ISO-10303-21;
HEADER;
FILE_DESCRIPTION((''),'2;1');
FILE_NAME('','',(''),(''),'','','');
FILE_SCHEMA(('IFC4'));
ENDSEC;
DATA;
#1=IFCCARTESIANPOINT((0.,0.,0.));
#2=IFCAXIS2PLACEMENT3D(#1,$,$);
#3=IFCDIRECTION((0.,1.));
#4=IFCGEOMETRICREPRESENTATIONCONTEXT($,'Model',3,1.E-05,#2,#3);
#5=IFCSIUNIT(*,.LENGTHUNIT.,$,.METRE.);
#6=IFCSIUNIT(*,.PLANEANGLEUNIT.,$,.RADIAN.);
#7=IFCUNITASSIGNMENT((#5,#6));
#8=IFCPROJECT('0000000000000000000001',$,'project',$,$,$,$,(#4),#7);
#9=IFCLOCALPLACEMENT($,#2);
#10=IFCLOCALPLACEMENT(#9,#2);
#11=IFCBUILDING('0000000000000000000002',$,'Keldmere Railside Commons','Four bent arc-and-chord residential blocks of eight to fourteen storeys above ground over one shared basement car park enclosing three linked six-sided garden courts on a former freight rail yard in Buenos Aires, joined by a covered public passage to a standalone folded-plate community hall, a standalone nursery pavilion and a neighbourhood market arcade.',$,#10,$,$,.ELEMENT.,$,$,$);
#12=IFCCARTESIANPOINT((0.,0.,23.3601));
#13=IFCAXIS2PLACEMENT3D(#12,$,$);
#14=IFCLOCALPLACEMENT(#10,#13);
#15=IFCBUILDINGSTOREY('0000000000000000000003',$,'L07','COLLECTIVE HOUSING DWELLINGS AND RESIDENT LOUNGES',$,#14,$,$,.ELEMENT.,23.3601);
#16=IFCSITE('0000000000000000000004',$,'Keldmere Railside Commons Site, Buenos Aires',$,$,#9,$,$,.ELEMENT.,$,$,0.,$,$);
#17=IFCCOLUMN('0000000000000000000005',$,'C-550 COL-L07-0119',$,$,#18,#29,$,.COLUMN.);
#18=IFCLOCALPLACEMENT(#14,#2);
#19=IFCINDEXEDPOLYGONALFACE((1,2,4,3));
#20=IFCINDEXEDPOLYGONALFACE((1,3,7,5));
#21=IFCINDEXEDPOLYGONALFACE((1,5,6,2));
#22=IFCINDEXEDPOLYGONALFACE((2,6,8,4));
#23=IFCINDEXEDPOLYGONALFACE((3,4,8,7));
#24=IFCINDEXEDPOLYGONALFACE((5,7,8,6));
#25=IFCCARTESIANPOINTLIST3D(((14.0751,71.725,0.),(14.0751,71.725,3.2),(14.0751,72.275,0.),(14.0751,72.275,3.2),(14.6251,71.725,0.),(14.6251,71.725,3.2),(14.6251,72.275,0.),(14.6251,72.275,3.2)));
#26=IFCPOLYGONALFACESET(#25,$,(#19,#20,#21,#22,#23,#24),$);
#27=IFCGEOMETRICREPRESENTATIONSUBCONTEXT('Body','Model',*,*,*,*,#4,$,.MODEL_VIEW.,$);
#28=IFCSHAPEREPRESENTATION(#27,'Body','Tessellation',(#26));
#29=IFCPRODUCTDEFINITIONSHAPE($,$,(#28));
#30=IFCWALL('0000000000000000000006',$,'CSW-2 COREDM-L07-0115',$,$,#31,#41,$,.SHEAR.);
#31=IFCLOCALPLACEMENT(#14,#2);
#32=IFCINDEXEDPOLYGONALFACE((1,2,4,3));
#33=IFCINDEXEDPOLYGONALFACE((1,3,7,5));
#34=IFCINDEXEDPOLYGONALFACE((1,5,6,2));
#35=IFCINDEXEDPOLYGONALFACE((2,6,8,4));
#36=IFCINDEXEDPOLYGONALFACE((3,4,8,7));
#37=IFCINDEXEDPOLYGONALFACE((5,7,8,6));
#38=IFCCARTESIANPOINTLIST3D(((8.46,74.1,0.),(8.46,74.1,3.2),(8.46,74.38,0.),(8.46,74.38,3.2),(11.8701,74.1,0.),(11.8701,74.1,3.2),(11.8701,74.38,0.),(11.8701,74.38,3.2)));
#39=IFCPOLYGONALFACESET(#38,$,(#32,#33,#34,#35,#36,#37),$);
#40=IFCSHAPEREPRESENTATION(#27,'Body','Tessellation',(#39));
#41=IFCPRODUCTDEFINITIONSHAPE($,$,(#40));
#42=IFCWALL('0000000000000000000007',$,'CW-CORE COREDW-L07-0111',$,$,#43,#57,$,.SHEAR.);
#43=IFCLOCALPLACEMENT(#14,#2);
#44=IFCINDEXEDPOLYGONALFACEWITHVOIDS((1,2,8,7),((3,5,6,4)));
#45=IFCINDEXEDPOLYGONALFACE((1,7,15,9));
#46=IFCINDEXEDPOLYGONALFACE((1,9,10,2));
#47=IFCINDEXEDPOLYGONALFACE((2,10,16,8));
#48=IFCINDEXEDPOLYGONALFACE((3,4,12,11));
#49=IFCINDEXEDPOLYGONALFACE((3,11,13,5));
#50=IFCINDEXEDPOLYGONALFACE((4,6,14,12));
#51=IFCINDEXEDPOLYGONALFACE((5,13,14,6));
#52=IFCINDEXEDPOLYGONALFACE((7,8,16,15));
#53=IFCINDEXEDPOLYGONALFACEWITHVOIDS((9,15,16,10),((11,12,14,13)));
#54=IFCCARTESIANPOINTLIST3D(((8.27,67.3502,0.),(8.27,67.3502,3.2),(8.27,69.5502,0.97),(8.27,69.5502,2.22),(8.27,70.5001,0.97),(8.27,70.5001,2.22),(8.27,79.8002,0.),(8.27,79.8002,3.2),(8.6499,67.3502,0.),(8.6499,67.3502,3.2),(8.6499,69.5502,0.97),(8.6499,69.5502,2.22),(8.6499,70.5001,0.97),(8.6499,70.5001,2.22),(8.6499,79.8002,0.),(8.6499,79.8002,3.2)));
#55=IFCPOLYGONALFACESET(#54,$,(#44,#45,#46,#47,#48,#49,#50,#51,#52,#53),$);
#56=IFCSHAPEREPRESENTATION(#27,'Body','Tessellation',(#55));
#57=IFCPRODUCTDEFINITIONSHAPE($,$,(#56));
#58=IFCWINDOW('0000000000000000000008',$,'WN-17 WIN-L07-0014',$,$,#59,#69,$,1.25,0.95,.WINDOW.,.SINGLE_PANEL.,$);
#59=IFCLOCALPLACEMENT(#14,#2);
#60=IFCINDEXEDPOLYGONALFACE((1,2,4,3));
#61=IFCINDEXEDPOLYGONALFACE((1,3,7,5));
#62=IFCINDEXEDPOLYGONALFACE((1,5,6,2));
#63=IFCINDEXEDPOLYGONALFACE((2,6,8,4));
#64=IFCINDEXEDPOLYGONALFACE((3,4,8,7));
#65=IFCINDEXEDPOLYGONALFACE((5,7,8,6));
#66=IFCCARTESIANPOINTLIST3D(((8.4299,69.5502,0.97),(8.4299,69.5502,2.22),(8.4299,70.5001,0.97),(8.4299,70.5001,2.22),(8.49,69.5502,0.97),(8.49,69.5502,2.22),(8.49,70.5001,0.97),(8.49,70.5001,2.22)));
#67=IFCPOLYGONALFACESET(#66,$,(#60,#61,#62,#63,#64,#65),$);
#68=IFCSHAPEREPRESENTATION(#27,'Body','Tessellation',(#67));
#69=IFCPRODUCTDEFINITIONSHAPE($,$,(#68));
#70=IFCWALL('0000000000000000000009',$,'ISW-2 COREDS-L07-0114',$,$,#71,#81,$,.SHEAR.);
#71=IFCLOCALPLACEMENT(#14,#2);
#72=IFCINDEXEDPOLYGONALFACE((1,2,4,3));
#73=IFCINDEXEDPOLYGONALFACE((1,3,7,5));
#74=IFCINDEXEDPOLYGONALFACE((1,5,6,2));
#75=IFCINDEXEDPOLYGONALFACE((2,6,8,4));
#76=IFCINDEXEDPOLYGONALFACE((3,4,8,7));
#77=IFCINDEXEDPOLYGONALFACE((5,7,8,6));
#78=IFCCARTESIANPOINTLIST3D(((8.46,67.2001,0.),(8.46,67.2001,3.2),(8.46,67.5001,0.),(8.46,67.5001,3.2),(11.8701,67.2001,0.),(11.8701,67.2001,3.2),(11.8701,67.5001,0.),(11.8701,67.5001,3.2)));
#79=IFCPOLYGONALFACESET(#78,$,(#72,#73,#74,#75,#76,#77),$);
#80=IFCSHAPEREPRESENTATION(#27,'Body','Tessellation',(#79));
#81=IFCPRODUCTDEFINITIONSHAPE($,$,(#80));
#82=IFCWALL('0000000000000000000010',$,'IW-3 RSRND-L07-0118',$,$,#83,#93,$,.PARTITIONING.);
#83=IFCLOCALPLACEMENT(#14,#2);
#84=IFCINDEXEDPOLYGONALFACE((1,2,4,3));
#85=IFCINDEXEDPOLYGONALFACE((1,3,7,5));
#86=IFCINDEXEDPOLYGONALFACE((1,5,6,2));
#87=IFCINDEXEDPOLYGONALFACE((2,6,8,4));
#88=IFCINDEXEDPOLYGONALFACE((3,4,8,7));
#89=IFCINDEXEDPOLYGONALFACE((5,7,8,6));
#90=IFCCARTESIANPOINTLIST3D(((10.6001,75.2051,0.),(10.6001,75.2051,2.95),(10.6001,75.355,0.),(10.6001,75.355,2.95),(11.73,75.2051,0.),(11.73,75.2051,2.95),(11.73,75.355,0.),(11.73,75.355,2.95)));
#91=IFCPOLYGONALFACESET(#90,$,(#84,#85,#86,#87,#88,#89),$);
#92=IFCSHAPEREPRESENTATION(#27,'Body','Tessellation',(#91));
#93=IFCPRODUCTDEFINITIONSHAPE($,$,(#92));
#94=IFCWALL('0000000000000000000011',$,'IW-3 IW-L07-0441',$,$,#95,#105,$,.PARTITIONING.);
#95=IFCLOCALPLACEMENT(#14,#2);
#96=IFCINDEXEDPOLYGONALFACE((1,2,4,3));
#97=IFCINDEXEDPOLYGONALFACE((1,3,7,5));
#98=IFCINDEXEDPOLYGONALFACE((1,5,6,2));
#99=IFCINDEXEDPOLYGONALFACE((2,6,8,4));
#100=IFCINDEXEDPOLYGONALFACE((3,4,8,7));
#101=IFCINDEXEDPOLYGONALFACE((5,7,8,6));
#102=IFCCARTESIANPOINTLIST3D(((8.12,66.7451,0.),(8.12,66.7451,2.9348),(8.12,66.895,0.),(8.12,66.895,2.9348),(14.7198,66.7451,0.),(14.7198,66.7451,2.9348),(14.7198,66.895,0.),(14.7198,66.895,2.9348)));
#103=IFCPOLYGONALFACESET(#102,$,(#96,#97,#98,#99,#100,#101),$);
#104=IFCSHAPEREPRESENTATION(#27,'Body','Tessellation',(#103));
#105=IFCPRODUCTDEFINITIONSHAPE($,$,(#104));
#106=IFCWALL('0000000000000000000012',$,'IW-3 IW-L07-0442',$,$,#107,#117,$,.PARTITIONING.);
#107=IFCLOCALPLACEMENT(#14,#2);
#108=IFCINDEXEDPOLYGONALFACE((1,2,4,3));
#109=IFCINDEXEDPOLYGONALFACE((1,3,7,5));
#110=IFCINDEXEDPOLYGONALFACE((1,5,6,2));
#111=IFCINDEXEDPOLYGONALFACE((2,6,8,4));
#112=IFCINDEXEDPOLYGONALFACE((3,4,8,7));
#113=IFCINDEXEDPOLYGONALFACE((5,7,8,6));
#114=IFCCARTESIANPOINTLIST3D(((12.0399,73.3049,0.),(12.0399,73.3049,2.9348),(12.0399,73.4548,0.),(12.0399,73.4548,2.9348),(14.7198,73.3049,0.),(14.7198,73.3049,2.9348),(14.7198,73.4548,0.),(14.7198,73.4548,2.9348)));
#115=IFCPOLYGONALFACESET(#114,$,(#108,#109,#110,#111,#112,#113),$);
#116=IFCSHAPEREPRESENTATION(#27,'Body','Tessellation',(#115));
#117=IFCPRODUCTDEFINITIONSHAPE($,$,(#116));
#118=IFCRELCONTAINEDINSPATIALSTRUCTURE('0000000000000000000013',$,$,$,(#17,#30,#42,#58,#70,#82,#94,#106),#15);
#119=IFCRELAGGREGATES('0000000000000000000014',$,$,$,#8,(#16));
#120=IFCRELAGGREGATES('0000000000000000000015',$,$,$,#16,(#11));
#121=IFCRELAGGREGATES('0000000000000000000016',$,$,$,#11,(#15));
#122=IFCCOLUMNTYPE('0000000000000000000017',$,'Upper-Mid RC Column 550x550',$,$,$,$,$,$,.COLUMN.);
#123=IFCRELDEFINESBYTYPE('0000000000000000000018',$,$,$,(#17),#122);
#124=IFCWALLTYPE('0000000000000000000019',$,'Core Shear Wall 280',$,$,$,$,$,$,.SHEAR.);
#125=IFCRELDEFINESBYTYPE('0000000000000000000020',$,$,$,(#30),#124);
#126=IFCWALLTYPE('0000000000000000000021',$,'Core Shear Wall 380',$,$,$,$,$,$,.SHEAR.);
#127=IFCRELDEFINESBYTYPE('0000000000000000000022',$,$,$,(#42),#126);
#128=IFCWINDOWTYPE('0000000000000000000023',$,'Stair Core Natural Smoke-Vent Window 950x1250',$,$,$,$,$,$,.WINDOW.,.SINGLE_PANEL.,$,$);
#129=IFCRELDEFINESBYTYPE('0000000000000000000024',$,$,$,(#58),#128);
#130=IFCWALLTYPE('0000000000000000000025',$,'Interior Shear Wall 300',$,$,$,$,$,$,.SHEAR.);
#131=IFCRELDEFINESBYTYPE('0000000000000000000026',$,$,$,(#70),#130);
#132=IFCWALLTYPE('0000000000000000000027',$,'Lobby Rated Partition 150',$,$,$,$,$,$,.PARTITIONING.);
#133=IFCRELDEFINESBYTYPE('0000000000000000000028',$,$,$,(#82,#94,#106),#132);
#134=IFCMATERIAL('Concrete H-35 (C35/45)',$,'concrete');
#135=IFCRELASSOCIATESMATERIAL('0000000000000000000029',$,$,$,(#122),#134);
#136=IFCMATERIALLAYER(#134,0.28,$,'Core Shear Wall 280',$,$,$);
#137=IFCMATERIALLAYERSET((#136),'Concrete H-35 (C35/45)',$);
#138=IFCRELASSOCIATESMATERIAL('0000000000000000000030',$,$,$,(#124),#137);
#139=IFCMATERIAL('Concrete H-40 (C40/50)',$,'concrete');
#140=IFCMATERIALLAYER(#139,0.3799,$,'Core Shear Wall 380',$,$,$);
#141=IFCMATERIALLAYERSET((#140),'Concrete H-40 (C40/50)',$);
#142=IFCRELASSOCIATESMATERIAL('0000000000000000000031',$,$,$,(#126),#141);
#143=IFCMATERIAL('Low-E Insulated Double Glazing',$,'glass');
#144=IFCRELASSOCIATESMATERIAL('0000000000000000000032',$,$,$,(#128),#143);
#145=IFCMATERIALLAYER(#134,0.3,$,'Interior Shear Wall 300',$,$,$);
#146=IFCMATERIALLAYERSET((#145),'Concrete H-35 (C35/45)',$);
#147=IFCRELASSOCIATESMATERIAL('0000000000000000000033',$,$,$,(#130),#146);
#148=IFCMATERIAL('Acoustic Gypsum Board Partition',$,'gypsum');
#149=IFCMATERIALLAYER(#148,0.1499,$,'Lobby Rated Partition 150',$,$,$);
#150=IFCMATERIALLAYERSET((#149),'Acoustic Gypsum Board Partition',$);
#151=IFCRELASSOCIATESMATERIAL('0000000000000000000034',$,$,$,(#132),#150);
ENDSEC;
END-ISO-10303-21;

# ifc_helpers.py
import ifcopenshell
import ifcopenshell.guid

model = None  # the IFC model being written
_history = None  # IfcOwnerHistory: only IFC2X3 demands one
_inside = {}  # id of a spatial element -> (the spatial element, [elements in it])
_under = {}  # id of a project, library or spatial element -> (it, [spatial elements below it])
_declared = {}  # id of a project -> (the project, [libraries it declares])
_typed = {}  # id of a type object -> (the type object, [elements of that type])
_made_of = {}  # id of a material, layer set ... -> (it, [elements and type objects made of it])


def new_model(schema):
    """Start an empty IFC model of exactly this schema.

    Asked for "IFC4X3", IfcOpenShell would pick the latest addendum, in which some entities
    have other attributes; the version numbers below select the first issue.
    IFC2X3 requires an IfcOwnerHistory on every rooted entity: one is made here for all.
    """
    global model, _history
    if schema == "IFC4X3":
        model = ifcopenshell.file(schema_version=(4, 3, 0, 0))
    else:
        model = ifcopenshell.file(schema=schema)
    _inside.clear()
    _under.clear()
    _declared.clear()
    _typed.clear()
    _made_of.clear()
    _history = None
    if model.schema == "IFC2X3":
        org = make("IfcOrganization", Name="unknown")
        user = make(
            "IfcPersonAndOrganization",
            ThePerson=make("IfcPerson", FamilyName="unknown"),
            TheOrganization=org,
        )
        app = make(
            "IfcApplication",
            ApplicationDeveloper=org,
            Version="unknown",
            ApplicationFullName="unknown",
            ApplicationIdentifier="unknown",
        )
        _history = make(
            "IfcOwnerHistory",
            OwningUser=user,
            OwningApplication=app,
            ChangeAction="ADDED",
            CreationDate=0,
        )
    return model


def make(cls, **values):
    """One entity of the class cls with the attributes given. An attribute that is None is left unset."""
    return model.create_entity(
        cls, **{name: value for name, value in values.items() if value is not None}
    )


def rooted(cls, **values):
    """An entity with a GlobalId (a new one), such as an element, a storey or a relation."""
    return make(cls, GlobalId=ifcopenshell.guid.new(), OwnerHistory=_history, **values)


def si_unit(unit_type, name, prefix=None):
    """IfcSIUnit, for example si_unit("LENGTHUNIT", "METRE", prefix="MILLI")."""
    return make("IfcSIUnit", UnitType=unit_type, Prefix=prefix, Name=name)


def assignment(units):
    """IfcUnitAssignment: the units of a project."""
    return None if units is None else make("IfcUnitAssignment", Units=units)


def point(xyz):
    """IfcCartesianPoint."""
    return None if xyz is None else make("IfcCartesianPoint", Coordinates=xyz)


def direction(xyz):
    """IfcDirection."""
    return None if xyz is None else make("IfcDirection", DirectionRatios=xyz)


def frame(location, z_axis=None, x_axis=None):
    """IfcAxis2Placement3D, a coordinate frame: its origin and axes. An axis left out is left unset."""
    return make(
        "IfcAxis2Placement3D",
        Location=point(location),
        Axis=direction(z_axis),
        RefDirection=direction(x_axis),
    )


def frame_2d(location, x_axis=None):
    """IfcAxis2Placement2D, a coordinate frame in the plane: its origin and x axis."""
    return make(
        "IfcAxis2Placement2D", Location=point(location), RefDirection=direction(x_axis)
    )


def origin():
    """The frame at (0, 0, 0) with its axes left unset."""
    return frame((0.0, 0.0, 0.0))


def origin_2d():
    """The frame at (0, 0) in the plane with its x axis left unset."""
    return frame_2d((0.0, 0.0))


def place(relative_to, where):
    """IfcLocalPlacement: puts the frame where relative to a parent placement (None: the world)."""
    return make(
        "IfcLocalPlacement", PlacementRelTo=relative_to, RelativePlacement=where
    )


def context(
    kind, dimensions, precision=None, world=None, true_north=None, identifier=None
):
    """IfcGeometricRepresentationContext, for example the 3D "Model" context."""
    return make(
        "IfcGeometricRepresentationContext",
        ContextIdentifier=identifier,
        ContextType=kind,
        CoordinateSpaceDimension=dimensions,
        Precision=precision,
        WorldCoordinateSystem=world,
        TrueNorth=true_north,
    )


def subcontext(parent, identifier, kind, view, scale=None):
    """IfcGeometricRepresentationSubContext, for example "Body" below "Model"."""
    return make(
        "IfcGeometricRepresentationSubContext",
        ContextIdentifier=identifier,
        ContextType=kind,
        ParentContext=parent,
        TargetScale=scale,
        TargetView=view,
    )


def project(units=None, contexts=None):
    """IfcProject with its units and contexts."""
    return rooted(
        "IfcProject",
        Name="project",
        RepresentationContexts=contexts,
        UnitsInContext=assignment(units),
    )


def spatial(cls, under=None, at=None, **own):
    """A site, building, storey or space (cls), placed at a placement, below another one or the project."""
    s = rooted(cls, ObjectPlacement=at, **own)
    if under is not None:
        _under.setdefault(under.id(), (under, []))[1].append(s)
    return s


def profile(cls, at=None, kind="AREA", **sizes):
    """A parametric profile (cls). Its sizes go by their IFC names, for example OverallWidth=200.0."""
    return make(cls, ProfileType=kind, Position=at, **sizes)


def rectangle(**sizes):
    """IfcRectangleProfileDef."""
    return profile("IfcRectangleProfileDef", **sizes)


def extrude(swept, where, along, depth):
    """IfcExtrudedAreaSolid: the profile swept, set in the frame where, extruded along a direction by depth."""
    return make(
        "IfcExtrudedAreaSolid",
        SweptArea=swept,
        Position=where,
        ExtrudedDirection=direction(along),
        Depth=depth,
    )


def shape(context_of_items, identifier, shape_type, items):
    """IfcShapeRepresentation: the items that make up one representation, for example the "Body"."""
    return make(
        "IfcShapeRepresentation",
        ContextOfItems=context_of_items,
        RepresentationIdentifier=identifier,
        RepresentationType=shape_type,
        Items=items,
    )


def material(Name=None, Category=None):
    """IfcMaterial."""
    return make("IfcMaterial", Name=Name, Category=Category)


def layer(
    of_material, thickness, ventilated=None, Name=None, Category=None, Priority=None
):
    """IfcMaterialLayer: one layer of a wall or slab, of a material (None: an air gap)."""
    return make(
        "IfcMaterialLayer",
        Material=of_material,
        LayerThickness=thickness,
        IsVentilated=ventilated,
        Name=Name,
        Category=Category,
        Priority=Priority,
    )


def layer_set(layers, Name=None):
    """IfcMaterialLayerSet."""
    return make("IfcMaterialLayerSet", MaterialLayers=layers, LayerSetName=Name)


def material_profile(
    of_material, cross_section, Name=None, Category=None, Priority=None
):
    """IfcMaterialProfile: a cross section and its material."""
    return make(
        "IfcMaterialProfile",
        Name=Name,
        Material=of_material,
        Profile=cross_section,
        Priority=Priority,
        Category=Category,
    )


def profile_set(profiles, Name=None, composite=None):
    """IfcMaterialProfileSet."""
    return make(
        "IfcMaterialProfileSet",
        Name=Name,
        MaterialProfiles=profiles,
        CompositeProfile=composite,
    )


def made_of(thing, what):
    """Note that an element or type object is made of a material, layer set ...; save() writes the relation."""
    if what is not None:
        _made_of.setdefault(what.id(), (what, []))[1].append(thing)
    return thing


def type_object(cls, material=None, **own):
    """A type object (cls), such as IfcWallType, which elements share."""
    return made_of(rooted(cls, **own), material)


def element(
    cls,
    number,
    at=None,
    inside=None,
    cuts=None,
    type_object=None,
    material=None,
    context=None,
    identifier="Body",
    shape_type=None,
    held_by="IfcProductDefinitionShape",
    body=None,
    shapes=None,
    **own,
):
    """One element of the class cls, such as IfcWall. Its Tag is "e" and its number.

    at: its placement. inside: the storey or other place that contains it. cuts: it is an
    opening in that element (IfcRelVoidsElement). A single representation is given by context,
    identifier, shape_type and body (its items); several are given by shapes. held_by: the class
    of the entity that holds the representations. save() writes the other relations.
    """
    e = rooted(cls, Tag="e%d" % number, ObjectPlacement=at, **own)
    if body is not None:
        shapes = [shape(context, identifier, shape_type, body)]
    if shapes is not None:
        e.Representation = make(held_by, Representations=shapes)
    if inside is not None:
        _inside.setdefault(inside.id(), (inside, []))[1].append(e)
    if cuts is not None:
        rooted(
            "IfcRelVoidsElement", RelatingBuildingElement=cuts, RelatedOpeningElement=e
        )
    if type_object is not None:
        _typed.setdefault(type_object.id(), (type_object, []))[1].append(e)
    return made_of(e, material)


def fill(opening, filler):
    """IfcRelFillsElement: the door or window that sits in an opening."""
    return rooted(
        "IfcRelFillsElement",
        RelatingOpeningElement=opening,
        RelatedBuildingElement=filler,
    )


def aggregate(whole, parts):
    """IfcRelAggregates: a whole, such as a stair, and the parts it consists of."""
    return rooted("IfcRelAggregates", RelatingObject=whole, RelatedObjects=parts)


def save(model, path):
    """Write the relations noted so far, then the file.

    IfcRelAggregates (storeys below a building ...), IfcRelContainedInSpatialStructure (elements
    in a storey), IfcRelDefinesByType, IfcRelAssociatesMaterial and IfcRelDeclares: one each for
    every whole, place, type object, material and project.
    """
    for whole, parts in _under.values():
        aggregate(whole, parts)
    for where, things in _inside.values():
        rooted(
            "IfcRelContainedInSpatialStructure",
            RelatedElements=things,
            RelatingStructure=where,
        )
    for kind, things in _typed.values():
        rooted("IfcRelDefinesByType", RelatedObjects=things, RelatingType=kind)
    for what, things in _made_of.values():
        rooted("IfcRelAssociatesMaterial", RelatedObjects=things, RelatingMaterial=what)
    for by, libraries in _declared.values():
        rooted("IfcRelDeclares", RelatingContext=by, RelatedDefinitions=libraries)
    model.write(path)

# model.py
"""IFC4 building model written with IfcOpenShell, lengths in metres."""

from ifc_helpers import new_model, si_unit, direction, frame, frame_2d, origin, origin_2d, place, context, subcontext, project, spatial, rectangle, extrude, material, layer, layer_set, material_profile, profile_set, type_object, element, fill, save


model = new_model("IFC4")

# Units and contexts
model_context = context("Model", 3, precision=1e-05, world=origin(), true_north=direction((0.0, 1.0)))
body_context = subcontext(model_context, "Body", "Model", "MODEL_VIEW")
ifc_project = project(units=[si_unit("LENGTHUNIT", "METRE"), si_unit("PLANEANGLEUNIT", "RADIAN")], contexts=[model_context])

# Site, building, storey
site_placement = place(None, origin())
site = spatial("IfcSite", under=ifc_project, at=site_placement, Name="Keldmere Railside Commons Site, Buenos Aires", CompositionType="ELEMENT", RefElevation=0.0)
building_placement = place(site_placement, origin())
building = spatial("IfcBuilding", under=site, at=building_placement, Name="Keldmere Railside Commons", Description="Four bent arc-and-chord residential blocks of eight to fourteen storeys above ground over one shared basement car park enclosing three linked six-sided garden courts on a former freight rail yard in Buenos Aires, joined by a covered public passage to a standalone folded-plate community hall, a standalone nursery pavilion and a neighbourhood market arcade.", CompositionType="ELEMENT")
storey_placement = place(building_placement, frame((0.0, 0.0, 23.3601)))
storey = spatial("IfcBuildingStorey", under=building, at=storey_placement, Name="L07", Description="COLLECTIVE HOUSING DWELLINGS AND RESIDENT LOUNGES", CompositionType="ELEMENT", Elevation=23.3601)

# Column
ifc_material_1 = material(Name="Concrete H-35 (C35/45)", Category="concrete")
ifc_material_profile = material_profile(ifc_material_1, rectangle(XDim=0.55, YDim=0.55, at=origin_2d()), Name="RC-550x550")
ifc_profile_set = profile_set([ifc_material_profile], Name="Concrete H-35 (C35/45)")
column_type = type_object("IfcColumnType", Name="Upper-Mid RC Column 550x550", PredefinedType="COLUMN", material=ifc_profile_set)
column_placement = place(storey_placement, frame((14.3501, 72.0, 0.0), z_axis=(0.0, 0.0, 1.0), x_axis=(1.0, 0.0, 0.0)))
element("IfcColumn", 1, at=column_placement, inside=storey, type_object=column_type, Name="C-550 COL-L07-0119", PredefinedType="COLUMN", context=body_context, shape_type="SweptSolid", body=[
    extrude(rectangle(XDim=0.55, YDim=0.55, at=origin_2d()), origin(), (0.0, 0.0, 1.0), 3.2),
])

# Wall
ifc_layer_1 = layer(ifc_material_1, 0.28, Name="Core Shear Wall 280")
ifc_layer_set_1 = layer_set([ifc_layer_1], Name="Concrete H-35 (C35/45)")
wall_type_1 = type_object("IfcWallType", Name="Core Shear Wall 280", PredefinedType="SHEAR", material=ifc_layer_set_1)
wall_1_placement = place(storey_placement, frame((8.46, 74.24, 0.0), z_axis=(0.0, 0.0, 1.0), x_axis=(1.0, 0.0, 0.0)))
element("IfcWall", 2, at=wall_1_placement, inside=storey, type_object=wall_type_1, Name="CSW-2 COREDM-L07-0115", PredefinedType="SHEAR", context=body_context, shape_type="SweptSolid", body=[
    extrude(rectangle(XDim=3.4102, YDim=0.28, at=frame_2d((1.7051, 0.0))), origin(), (0.0, 0.0, 1.0), 3.2),
])

# Wall, opening, window
ifc_material_2 = material(Name="Concrete H-40 (C40/50)", Category="concrete")
ifc_layer_2 = layer(ifc_material_2, 0.3799, Name="Core Shear Wall 380")
ifc_layer_set_2 = layer_set([ifc_layer_2], Name="Concrete H-40 (C40/50)")
wall_type_2 = type_object("IfcWallType", Name="Core Shear Wall 380", PredefinedType="SHEAR", material=ifc_layer_set_2)
wall_2_placement = place(storey_placement, frame((8.46, 67.3501, 0.0), z_axis=(0.0, 0.0, 1.0), x_axis=(0.0, 1.0, 0.0)))
wall_2 = element("IfcWall", 3, at=wall_2_placement, inside=storey, type_object=wall_type_2, Name="CW-CORE COREDW-L07-0111", PredefinedType="SHEAR", context=body_context, shape_type="SweptSolid", body=[
    extrude(rectangle(XDim=12.45, YDim=0.3799, at=frame_2d((6.2251, 0.0))), origin(), (0.0, 0.0, 1.0), 3.2),
])
opening_1_placement = place(wall_2_placement, frame((2.2, 0.0, 0.97)))
opening_1 = element("IfcOpeningElement", 4, at=opening_1_placement, cuts=wall_2, PredefinedType="OPENING", context=body_context, shape_type="SweptSolid", body=[
    extrude(rectangle(XDim=0.95, YDim=1.25, at=frame_2d((0.4751, 0.625))), frame((0.0, 0.2, 0.0), z_axis=(0.0, -1.0, 0.0), x_axis=(1.0, 0.0, 0.0)), (0.0, 0.0, 1.0), 0.3999),
])
ifc_material_3 = material(Name="Low-E Insulated Double Glazing", Category="glass")
window_type = type_object("IfcWindowType", Name="Stair Core Natural Smoke-Vent Window 950x1250", PartitioningType="SINGLE_PANEL", PredefinedType="WINDOW", material=ifc_material_3)
window_placement = place(opening_1_placement, origin())
window = element("IfcWindow", 5, at=window_placement, inside=storey, type_object=window_type, Name="WN-17 WIN-L07-0014", OverallHeight=1.25, OverallWidth=0.95, PartitioningType="SINGLE_PANEL", PredefinedType="WINDOW", context=body_context, shape_type="SweptSolid", body=[
    extrude(rectangle(XDim=0.95, YDim=1.25, at=frame_2d((0.4751, 0.625))), frame((0.0, 0.03, 0.0), z_axis=(0.0, -1.0, 0.0), x_axis=(1.0, 0.0, 0.0)), (0.0, 0.0, 1.0), 0.0601),
])
fill(opening_1, window)

# Walls
ifc_layer_3 = layer(ifc_material_1, 0.3, Name="Interior Shear Wall 300")
ifc_layer_set_3 = layer_set([ifc_layer_3], Name="Concrete H-35 (C35/45)")
wall_type_3 = type_object("IfcWallType", Name="Interior Shear Wall 300", PredefinedType="SHEAR", material=ifc_layer_set_3)
wall_3_placement = place(storey_placement, frame((11.8701, 67.3501, 0.0), z_axis=(0.0, 0.0, 1.0), x_axis=(-1.0, 0.0, 0.0)))
element("IfcWall", 6, at=wall_3_placement, inside=storey, type_object=wall_type_3, Name="ISW-2 COREDS-L07-0114", PredefinedType="SHEAR", context=body_context, shape_type="SweptSolid", body=[
    extrude(rectangle(XDim=3.4102, YDim=0.3, at=frame_2d((1.7051, 0.0))), origin(), (0.0, 0.0, 1.0), 3.2),
])
ifc_material_4 = material(Name="Acoustic Gypsum Board Partition", Category="gypsum")
ifc_layer_4 = layer(ifc_material_4, 0.1499, Name="Lobby Rated Partition 150")
ifc_layer_set_4 = layer_set([ifc_layer_4], Name="Acoustic Gypsum Board Partition")
wall_type_4 = type_object("IfcWallType", Name="Lobby Rated Partition 150", PredefinedType="PARTITIONING", material=ifc_layer_set_4)
wall_4_placement = place(storey_placement, frame((10.6001, 75.28, 0.0), z_axis=(0.0, 0.0, 1.0), x_axis=(1.0, 0.0, 0.0)))
element("IfcWall", 7, at=wall_4_placement, inside=storey, type_object=wall_type_4, Name="IW-3 RSRND-L07-0118", PredefinedType="PARTITIONING", context=body_context, shape_type="SweptSolid", body=[
    extrude(rectangle(XDim=1.1299, YDim=0.1499, at=frame_2d((0.5649, 0.0))), origin(), (0.0, 0.0, 1.0), 2.95),
])
wall_5_placement = place(storey_placement, frame((8.1201, 66.8201, 0.0), z_axis=(0.0, 0.0, 1.0), x_axis=(1.0, 0.0, 0.0)))
element("IfcWall", 8, at=wall_5_placement, inside=storey, type_object=wall_type_4, Name="IW-3 IW-L07-0441", PredefinedType="PARTITIONING", context=body_context, shape_type="SweptSolid", body=[
    extrude(rectangle(XDim=6.5999, YDim=0.1499, at=frame_2d((3.2998, 0.0))), origin(), (0.0, 0.0, 1.0), 2.9348),
])
wall_6_placement = place(storey_placement, frame((12.04, 73.3799, 0.0), z_axis=(0.0, 0.0, 1.0), x_axis=(1.0, 0.0, 0.0)))
element("IfcWall", 9, at=wall_6_placement, inside=storey, type_object=wall_type_4, Name="IW-3 IW-L07-0442", PredefinedType="PARTITIONING", context=body_context, shape_type="SweptSolid", body=[
    extrude(rectangle(XDim=2.6799, YDim=0.1499, at=frame_2d((1.3398, 0.0))), origin(), (0.0, 0.0, 1.0), 2.9348),
])

save(model, "model.ifc")
